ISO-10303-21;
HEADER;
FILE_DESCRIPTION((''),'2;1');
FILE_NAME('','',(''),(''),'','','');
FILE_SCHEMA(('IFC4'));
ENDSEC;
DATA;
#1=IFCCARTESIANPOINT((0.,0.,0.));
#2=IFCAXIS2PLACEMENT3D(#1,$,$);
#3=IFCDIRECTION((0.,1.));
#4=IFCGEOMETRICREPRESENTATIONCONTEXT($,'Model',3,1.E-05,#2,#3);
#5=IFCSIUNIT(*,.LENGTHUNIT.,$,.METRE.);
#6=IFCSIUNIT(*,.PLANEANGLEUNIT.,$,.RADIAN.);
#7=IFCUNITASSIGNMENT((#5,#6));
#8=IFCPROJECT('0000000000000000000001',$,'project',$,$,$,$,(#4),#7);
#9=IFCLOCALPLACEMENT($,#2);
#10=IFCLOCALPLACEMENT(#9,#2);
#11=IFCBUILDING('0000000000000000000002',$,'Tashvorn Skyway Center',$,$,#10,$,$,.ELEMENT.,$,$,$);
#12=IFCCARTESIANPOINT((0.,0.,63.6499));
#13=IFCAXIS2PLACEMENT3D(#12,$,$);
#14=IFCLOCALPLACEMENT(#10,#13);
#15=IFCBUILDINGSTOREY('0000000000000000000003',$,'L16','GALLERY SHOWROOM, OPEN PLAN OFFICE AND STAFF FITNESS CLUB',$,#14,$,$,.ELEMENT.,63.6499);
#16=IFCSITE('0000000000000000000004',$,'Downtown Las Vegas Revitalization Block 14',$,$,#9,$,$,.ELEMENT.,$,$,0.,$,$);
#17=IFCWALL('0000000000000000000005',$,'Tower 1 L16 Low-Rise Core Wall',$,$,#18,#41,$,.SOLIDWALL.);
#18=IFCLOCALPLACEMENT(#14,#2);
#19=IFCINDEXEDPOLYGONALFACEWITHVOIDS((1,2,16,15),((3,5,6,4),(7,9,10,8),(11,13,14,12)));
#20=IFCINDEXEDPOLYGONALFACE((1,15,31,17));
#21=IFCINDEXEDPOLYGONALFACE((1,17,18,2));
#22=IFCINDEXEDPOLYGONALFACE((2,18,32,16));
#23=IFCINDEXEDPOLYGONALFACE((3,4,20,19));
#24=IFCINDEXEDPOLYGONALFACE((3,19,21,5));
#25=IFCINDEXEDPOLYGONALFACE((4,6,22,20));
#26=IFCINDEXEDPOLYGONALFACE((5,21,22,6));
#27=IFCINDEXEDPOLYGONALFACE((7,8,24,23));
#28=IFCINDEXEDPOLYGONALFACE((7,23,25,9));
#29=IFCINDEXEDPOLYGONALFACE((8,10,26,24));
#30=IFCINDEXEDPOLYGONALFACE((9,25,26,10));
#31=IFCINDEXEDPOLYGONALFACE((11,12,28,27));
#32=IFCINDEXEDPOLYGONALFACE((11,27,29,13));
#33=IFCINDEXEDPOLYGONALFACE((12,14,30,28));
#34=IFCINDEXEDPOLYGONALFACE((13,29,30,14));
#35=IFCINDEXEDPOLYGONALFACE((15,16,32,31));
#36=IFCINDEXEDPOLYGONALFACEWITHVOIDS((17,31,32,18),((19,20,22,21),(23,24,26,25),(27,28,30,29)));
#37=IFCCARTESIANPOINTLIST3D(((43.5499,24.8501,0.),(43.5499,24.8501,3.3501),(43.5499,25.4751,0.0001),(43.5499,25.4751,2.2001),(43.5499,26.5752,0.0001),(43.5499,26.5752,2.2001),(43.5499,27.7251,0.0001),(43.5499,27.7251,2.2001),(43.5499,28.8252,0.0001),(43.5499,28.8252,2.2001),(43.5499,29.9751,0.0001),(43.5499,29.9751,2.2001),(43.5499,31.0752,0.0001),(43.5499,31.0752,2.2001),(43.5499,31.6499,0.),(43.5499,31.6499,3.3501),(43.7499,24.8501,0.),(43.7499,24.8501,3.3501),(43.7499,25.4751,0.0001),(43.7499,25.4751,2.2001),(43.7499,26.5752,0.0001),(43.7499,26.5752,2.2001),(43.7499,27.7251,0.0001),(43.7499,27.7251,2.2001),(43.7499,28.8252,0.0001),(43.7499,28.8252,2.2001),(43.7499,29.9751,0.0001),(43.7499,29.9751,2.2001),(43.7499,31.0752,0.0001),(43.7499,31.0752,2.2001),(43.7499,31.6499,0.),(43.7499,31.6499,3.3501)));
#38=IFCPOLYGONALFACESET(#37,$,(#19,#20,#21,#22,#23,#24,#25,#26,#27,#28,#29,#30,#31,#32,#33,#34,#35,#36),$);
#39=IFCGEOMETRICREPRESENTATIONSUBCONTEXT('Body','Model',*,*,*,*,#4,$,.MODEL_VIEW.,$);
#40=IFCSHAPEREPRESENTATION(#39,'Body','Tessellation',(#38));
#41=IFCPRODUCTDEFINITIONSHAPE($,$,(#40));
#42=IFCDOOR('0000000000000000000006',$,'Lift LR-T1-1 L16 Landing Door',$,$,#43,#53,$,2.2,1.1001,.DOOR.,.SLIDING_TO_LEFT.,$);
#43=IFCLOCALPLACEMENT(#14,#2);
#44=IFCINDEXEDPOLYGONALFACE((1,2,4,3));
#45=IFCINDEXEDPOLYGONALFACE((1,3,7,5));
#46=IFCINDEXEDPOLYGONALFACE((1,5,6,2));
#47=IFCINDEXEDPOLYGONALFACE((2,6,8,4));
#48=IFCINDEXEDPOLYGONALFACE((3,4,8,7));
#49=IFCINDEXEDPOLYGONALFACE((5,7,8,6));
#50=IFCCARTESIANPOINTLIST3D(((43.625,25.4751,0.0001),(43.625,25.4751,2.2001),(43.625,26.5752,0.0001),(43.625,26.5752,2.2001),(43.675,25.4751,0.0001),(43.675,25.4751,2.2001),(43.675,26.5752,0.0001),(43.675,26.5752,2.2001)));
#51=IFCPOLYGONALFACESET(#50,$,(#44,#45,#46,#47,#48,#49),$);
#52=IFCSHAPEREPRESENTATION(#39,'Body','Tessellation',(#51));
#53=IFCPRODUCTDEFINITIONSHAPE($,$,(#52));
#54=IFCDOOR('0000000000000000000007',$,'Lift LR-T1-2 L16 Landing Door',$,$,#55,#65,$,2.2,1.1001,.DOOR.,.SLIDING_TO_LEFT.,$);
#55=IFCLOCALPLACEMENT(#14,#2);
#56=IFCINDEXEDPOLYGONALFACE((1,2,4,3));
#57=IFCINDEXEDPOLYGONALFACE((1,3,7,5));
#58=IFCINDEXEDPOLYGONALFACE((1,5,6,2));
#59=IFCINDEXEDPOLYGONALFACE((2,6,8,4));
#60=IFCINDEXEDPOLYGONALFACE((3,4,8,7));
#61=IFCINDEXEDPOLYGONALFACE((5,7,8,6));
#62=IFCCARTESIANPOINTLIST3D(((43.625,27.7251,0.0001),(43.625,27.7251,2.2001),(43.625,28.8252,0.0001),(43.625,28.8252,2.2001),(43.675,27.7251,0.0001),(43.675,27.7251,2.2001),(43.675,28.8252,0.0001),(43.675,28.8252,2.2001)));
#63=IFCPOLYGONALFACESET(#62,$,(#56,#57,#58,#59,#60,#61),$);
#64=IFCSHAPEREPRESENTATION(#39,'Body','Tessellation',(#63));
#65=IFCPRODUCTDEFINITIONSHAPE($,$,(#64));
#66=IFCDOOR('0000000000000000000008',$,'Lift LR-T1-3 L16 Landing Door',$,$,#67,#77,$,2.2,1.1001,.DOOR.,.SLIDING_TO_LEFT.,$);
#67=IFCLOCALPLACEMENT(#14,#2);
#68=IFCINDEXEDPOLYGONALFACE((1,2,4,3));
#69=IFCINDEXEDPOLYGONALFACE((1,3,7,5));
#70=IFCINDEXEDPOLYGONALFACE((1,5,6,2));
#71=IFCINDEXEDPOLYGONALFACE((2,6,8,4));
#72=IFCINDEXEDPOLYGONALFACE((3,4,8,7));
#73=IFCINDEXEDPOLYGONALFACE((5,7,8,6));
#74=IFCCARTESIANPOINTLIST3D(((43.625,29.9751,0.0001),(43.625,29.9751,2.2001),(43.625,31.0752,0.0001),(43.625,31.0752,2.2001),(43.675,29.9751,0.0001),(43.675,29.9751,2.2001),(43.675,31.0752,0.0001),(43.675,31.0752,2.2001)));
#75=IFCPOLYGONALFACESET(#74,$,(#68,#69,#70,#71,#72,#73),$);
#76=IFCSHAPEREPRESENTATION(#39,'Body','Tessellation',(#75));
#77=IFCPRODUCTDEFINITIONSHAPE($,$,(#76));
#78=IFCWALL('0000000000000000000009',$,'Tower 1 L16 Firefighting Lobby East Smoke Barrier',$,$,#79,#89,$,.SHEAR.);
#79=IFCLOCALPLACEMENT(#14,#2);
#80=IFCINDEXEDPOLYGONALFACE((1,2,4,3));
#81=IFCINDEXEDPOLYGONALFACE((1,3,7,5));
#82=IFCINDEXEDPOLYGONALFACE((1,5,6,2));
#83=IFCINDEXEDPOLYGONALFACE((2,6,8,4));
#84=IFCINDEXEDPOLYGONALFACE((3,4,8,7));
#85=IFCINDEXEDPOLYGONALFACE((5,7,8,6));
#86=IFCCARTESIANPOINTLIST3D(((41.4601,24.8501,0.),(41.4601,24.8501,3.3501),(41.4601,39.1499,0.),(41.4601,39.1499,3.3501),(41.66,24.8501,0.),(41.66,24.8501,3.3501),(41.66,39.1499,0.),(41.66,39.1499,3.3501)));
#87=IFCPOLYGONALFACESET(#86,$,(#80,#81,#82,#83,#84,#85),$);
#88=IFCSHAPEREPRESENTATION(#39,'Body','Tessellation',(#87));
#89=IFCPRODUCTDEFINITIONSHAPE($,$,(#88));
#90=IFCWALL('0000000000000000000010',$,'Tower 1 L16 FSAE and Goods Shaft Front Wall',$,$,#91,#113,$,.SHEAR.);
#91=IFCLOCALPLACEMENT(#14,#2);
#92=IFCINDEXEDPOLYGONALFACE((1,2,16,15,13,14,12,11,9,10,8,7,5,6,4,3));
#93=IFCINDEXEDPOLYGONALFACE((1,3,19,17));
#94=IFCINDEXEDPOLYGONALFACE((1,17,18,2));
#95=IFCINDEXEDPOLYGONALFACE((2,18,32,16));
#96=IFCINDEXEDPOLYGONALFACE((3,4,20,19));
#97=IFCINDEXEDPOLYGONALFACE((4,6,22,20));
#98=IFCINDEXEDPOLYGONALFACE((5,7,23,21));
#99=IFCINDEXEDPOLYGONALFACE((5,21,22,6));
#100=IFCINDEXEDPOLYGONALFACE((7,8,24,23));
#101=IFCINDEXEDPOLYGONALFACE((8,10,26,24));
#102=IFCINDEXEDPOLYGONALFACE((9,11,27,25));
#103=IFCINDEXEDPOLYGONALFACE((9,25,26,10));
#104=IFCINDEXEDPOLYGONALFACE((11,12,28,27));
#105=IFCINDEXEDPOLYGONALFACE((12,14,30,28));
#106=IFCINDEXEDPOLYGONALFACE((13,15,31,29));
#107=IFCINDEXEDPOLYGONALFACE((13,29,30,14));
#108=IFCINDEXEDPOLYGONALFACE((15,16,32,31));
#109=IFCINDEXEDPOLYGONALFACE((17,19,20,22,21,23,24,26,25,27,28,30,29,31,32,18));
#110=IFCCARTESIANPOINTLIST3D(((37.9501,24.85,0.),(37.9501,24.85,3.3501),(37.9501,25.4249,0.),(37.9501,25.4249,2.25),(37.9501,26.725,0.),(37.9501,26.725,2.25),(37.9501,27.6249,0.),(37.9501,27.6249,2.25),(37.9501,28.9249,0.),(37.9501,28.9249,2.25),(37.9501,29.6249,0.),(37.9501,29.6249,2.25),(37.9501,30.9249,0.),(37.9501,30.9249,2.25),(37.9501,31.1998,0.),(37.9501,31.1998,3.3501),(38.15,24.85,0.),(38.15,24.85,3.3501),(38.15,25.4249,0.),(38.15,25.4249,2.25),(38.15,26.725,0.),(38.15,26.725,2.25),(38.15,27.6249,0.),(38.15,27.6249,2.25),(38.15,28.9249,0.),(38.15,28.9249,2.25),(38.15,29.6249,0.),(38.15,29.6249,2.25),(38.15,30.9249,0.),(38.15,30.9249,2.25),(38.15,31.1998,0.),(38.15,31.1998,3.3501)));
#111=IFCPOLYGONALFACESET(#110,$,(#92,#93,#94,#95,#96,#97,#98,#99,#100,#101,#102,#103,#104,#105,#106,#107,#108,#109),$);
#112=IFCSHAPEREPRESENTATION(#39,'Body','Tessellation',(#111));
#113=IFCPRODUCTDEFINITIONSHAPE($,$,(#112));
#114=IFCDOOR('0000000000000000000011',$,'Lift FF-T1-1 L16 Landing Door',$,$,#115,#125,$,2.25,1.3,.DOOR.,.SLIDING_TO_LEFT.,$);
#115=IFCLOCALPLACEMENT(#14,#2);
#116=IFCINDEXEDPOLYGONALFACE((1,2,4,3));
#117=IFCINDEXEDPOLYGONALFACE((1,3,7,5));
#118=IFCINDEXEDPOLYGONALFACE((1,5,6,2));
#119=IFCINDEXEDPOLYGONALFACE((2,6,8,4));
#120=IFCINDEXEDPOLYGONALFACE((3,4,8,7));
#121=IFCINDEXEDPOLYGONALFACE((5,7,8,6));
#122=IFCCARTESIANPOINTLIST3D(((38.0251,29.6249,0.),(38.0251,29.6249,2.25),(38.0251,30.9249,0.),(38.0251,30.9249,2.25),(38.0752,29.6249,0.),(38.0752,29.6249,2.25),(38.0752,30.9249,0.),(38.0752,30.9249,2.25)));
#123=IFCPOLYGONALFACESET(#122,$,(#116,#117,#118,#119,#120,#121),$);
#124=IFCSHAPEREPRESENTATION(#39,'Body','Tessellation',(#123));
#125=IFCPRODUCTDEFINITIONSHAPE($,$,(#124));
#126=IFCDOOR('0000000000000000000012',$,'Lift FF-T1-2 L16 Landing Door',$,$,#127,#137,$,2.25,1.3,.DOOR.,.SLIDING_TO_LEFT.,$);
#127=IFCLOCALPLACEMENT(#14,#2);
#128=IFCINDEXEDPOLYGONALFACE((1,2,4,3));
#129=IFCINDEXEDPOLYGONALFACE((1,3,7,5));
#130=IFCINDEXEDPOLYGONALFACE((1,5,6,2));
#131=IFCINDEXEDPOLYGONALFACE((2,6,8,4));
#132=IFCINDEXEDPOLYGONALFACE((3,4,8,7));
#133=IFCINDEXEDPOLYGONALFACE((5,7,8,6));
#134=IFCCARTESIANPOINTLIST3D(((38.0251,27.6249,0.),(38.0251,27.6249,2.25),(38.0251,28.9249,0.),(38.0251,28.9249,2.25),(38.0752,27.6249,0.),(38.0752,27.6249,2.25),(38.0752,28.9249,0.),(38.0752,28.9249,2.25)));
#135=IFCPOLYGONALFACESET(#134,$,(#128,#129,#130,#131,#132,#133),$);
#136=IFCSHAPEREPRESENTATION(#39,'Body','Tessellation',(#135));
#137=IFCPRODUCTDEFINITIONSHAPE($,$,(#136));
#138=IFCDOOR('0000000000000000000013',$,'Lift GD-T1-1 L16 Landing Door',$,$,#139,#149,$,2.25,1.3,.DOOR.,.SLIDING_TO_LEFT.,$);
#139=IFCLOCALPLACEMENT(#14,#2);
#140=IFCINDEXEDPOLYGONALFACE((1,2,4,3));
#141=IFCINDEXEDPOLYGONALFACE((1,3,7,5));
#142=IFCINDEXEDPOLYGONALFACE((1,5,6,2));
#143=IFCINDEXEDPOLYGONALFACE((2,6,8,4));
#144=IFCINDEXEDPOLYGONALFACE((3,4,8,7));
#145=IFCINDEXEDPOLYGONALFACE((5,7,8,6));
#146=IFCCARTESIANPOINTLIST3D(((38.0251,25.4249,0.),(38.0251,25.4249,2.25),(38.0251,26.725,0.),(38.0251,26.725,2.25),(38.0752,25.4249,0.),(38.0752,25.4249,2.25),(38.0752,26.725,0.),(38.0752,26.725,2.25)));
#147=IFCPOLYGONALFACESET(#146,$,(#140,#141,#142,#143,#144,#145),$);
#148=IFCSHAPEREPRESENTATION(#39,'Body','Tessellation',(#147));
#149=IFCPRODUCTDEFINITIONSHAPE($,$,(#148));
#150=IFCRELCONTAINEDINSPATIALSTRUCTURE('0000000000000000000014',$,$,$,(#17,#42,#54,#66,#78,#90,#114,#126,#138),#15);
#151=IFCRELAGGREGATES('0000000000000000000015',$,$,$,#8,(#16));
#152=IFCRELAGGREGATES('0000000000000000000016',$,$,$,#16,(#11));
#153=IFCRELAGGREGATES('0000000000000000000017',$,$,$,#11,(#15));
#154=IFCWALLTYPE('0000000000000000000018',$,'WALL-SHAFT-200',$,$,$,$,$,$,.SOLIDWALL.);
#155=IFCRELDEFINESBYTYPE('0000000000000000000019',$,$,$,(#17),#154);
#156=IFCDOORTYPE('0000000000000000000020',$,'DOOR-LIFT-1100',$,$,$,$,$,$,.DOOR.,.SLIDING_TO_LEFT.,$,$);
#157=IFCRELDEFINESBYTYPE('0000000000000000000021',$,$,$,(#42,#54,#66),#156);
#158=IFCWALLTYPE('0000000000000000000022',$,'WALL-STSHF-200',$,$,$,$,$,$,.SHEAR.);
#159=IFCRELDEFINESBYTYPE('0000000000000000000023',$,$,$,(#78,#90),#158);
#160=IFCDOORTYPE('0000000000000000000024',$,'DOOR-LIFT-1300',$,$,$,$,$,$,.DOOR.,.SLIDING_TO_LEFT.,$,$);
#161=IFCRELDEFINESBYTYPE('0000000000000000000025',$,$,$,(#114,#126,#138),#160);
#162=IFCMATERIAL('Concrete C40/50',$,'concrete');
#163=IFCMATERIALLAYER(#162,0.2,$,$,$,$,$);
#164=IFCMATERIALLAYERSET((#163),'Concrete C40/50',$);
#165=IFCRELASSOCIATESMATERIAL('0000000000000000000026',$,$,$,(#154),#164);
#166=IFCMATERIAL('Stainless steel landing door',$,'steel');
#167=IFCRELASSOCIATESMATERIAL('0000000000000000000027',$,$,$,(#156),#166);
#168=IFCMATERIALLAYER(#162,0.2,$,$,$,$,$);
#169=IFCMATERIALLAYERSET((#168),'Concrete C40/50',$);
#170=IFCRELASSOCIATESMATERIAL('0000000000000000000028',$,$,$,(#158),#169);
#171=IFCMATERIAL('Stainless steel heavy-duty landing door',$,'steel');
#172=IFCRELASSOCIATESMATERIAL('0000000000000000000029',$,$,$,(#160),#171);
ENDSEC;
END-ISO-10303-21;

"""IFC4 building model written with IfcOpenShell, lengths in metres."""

from ifc_helpers import new_model, si_unit, direction, frame, frame_2d, origin, place, context, subcontext, project, spatial, rectangle, extrude, material, layer, layer_set, type_object, element, fill, save


model = new_model("IFC4")

# Units and contexts
model_context = context("Model", 3, precision=1e-05, world=origin(), true_north=direction((0.0, 1.0)))
body_context = subcontext(model_context, "Body", "Model", "MODEL_VIEW")
ifc_project = project(units=[si_unit("LENGTHUNIT", "METRE"), si_unit("PLANEANGLEUNIT", "RADIAN")], contexts=[model_context])

# Site, building, storey
site_placement = place(None, origin())
site = spatial("IfcSite", under=ifc_project, at=site_placement, Name="Downtown Las Vegas Revitalization Block 14", CompositionType="ELEMENT", RefElevation=0.0)
building_placement = place(site_placement, origin())
building = spatial("IfcBuilding", under=site, at=building_placement, Name="Tashvorn Skyway Center", CompositionType="ELEMENT")
storey_placement = place(building_placement, frame((0.0, 0.0, 63.6499)))
storey = spatial("IfcBuildingStorey", under=building, at=storey_placement, Name="L16", Description="GALLERY SHOWROOM, OPEN PLAN OFFICE AND STAFF FITNESS CLUB", CompositionType="ELEMENT", Elevation=63.6499)

# Wall, openings, doors
ifc_material_1 = material(Name="Concrete C40/50", Category="concrete")
ifc_layer_1 = layer(ifc_material_1, 0.2)
ifc_layer_set_1 = layer_set([ifc_layer_1], Name="Concrete C40/50")
wall_type_1 = type_object("IfcWallType", Name="WALL-SHAFT-200", PredefinedType="SOLIDWALL", material=ifc_layer_set_1)
wall_1_placement = place(storey_placement, frame((43.6499, 24.8501, 0.0), z_axis=(0.0, 0.0, 1.0), x_axis=(0.0, 1.0, 0.0)))
wall_1 = element("IfcWall", 1, at=wall_1_placement, inside=storey, type_object=wall_type_1, Name="Tower 1 L16 Low-Rise Core Wall", PredefinedType="SOLIDWALL", context=body_context, shape_type="SweptSolid", body=[
    extrude(rectangle(XDim=6.7998, YDim=0.2, at=frame_2d((3.3999, 0.0))), origin(), (0.0, 0.0, 1.0), 3.3501),
])
opening_1_placement = place(wall_1_placement, frame((0.625, 0.0, 0.0)))
opening_1 = element("IfcOpeningElement", 2, at=opening_1_placement, cuts=wall_1, PredefinedType="OPENING", context=body_context, shape_type="SweptSolid", body=[
    extrude(rectangle(XDim=1.1001, YDim=2.2, at=frame_2d((0.55, 1.1001))), frame((0.0, 0.1099, 0.0), z_axis=(0.0, -1.0, 0.0), x_axis=(1.0, 0.0, 0.0)), (0.0, 0.0, 1.0), 0.22),
])
opening_2_placement = place(wall_1_placement, frame((2.875, 0.0, 0.0)))
opening_2 = element("IfcOpeningElement", 3, at=opening_2_placement, cuts=wall_1, PredefinedType="OPENING", context=body_context, shape_type="SweptSolid", body=[
    extrude(rectangle(XDim=1.1001, YDim=2.2, at=frame_2d((0.55, 1.1001))), frame((0.0, 0.1099, 0.0), z_axis=(0.0, -1.0, 0.0), x_axis=(1.0, 0.0, 0.0)), (0.0, 0.0, 1.0), 0.22),
])
opening_3_placement = place(wall_1_placement, frame((5.125, 0.0, 0.0)))
opening_3 = element("IfcOpeningElement", 4, at=opening_3_placement, cuts=wall_1, PredefinedType="OPENING", context=body_context, shape_type="SweptSolid", body=[
    extrude(rectangle(XDim=1.1001, YDim=2.2, at=frame_2d((0.55, 1.1001))), frame((0.0, 0.1099, 0.0), z_axis=(0.0, -1.0, 0.0), x_axis=(1.0, 0.0, 0.0)), (0.0, 0.0, 1.0), 0.22),
])
ifc_material_2 = material(Name="Stainless steel landing door", Category="steel")
door_type_1 = type_object("IfcDoorType", Name="DOOR-LIFT-1100", OperationType="SLIDING_TO_LEFT", PredefinedType="DOOR", material=ifc_material_2)
door_1_placement = place(opening_1_placement, origin())
door_1 = element("IfcDoor", 5, at=door_1_placement, inside=storey, type_object=door_type_1, Name="Lift LR-T1-1 L16 Landing Door", OperationType="SLIDING_TO_LEFT", OverallHeight=2.2, OverallWidth=1.1001, PredefinedType="DOOR", context=body_context, shape_type="SweptSolid", body=[
    extrude(rectangle(XDim=1.1001, YDim=2.2, at=frame_2d((0.55, 1.1001))), frame((0.0, 0.0249, 0.0), z_axis=(0.0, -1.0, 0.0), x_axis=(1.0, 0.0, 0.0)), (0.0, 0.0, 1.0), 0.05),
])
fill(opening_1, door_1)
door_2_placement = place(opening_2_placement, origin())
door_2 = element("IfcDoor", 6, at=door_2_placement, inside=storey, type_object=door_type_1, Name="Lift LR-T1-2 L16 Landing Door", OperationType="SLIDING_TO_LEFT", OverallHeight=2.2, OverallWidth=1.1001, PredefinedType="DOOR", context=body_context, shape_type="SweptSolid", body=[
    extrude(rectangle(XDim=1.1001, YDim=2.2, at=frame_2d((0.55, 1.1001))), frame((0.0, 0.0249, 0.0), z_axis=(0.0, -1.0, 0.0), x_axis=(1.0, 0.0, 0.0)), (0.0, 0.0, 1.0), 0.05),
])
fill(opening_2, door_2)
door_3_placement = place(opening_3_placement, origin())
door_3 = element("IfcDoor", 7, at=door_3_placement, inside=storey, type_object=door_type_1, Name="Lift LR-T1-3 L16 Landing Door", OperationType="SLIDING_TO_LEFT", OverallHeight=2.2, OverallWidth=1.1001, PredefinedType="DOOR", context=body_context, shape_type="SweptSolid", body=[
    extrude(rectangle(XDim=1.1001, YDim=2.2, at=frame_2d((0.55, 1.1001))), frame((0.0, 0.0249, 0.0), z_axis=(0.0, -1.0, 0.0), x_axis=(1.0, 0.0, 0.0)), (0.0, 0.0, 1.0), 0.05),
])
fill(opening_3, door_3)

# Wall
ifc_layer_2 = layer(ifc_material_1, 0.2)
ifc_layer_set_2 = layer_set([ifc_layer_2], Name="Concrete C40/50")
wall_type_2 = type_object("IfcWallType", Name="WALL-STSHF-200", PredefinedType="SHEAR", material=ifc_layer_set_2)
wall_2_placement = place(storey_placement, frame((41.5601, 24.8501, 0.0), z_axis=(0.0, 0.0, 1.0), x_axis=(0.0, 1.0, 0.0)))
element("IfcWall", 8, at=wall_2_placement, inside=storey, type_object=wall_type_2, Name="Tower 1 L16 Firefighting Lobby East Smoke Barrier", PredefinedType="SHEAR", context=body_context, shape_type="SweptSolid", body=[
    extrude(rectangle(XDim=14.2998, YDim=0.2, at=frame_2d((7.1499, 0.0))), origin(), (0.0, 0.0, 1.0), 3.3501),
])

# Wall, openings, doors
wall_3_placement = place(storey_placement, frame((38.05, 24.8501, 0.0), z_axis=(0.0, 0.0, 1.0), x_axis=(0.0, 1.0, 0.0)))
wall_3 = element("IfcWall", 9, at=wall_3_placement, inside=storey, type_object=wall_type_2, Name="Tower 1 L16 FSAE and Goods Shaft Front Wall", PredefinedType="SHEAR", context=body_context, shape_type="SweptSolid", body=[
    extrude(rectangle(XDim=6.3499, YDim=0.2, at=frame_2d((3.1748, 0.0))), origin(), (0.0, 0.0, 1.0), 3.3501),
])
opening_4_placement = place(wall_3_placement, frame((4.7749, 0.0, 0.0)))
opening_4 = element("IfcOpeningElement", 10, at=opening_4_placement, cuts=wall_3, PredefinedType="OPENING", context=body_context, shape_type="SweptSolid", body=[
    extrude(rectangle(XDim=1.3, YDim=2.25, at=frame_2d((0.6499, 1.125))), frame((0.0, 0.1099, 0.0), z_axis=(0.0, -1.0, 0.0), x_axis=(1.0, 0.0, 0.0)), (0.0, 0.0, 1.0), 0.22),
])
opening_5_placement = place(wall_3_placement, frame((2.7749, 0.0, 0.0)))
opening_5 = element("IfcOpeningElement", 11, at=opening_5_placement, cuts=wall_3, PredefinedType="OPENING", context=body_context, shape_type="SweptSolid", body=[
    extrude(rectangle(XDim=1.3, YDim=2.25, at=frame_2d((0.6499, 1.125))), frame((0.0, 0.1099, 0.0), z_axis=(0.0, -1.0, 0.0), x_axis=(1.0, 0.0, 0.0)), (0.0, 0.0, 1.0), 0.22),
])
opening_6_placement = place(wall_3_placement, frame((0.575, 0.0, 0.0)))
opening_6 = element("IfcOpeningElement", 12, at=opening_6_placement, cuts=wall_3, PredefinedType="OPENING", context=body_context, shape_type="SweptSolid", body=[
    extrude(rectangle(XDim=1.3, YDim=2.25, at=frame_2d((0.6499, 1.125))), frame((0.0, 0.1099, 0.0), z_axis=(0.0, -1.0, 0.0), x_axis=(1.0, 0.0, 0.0)), (0.0, 0.0, 1.0), 0.22),
])
ifc_material_3 = material(Name="Stainless steel heavy-duty landing door", Category="steel")
door_type_2 = type_object("IfcDoorType", Name="DOOR-LIFT-1300", OperationType="SLIDING_TO_LEFT", PredefinedType="DOOR", material=ifc_material_3)
door_4_placement = place(opening_4_placement, origin())
door_4 = element("IfcDoor", 13, at=door_4_placement, inside=storey, type_object=door_type_2, Name="Lift FF-T1-1 L16 Landing Door", OperationType="SLIDING_TO_LEFT", OverallHeight=2.25, OverallWidth=1.3, PredefinedType="DOOR", context=body_context, shape_type="SweptSolid", body=[
    extrude(rectangle(XDim=1.3, YDim=2.25, at=frame_2d((0.6499, 1.125))), frame((0.0, 0.0249, 0.0), z_axis=(0.0, -1.0, 0.0), x_axis=(1.0, 0.0, 0.0)), (0.0, 0.0, 1.0), 0.05),
])
fill(opening_4, door_4)
door_5_placement = place(opening_5_placement, origin())
door_5 = element("IfcDoor", 14, at=door_5_placement, inside=storey, type_object=door_type_2, Name="Lift FF-T1-2 L16 Landing Door", OperationType="SLIDING_TO_LEFT", OverallHeight=2.25, OverallWidth=1.3, PredefinedType="DOOR", context=body_context, shape_type="SweptSolid", body=[
    extrude(rectangle(XDim=1.3, YDim=2.25, at=frame_2d((0.6499, 1.125))), frame((0.0, 0.0249, 0.0), z_axis=(0.0, -1.0, 0.0), x_axis=(1.0, 0.0, 0.0)), (0.0, 0.0, 1.0), 0.05),
])
fill(opening_5, door_5)
door_6_placement = place(opening_6_placement, origin())
door_6 = element("IfcDoor", 15, at=door_6_placement, inside=storey, type_object=door_type_2, Name="Lift GD-T1-1 L16 Landing Door", OperationType="SLIDING_TO_LEFT", OverallHeight=2.25, OverallWidth=1.3, PredefinedType="DOOR", context=body_context, shape_type="SweptSolid", body=[
    extrude(rectangle(XDim=1.3, YDim=2.25, at=frame_2d((0.6499, 1.125))), frame((0.0, 0.0249, 0.0), z_axis=(0.0, -1.0, 0.0), x_axis=(1.0, 0.0, 0.0)), (0.0, 0.0, 1.0), 0.05),
])
fill(opening_6, door_6)

save(model, "model.ifc")
